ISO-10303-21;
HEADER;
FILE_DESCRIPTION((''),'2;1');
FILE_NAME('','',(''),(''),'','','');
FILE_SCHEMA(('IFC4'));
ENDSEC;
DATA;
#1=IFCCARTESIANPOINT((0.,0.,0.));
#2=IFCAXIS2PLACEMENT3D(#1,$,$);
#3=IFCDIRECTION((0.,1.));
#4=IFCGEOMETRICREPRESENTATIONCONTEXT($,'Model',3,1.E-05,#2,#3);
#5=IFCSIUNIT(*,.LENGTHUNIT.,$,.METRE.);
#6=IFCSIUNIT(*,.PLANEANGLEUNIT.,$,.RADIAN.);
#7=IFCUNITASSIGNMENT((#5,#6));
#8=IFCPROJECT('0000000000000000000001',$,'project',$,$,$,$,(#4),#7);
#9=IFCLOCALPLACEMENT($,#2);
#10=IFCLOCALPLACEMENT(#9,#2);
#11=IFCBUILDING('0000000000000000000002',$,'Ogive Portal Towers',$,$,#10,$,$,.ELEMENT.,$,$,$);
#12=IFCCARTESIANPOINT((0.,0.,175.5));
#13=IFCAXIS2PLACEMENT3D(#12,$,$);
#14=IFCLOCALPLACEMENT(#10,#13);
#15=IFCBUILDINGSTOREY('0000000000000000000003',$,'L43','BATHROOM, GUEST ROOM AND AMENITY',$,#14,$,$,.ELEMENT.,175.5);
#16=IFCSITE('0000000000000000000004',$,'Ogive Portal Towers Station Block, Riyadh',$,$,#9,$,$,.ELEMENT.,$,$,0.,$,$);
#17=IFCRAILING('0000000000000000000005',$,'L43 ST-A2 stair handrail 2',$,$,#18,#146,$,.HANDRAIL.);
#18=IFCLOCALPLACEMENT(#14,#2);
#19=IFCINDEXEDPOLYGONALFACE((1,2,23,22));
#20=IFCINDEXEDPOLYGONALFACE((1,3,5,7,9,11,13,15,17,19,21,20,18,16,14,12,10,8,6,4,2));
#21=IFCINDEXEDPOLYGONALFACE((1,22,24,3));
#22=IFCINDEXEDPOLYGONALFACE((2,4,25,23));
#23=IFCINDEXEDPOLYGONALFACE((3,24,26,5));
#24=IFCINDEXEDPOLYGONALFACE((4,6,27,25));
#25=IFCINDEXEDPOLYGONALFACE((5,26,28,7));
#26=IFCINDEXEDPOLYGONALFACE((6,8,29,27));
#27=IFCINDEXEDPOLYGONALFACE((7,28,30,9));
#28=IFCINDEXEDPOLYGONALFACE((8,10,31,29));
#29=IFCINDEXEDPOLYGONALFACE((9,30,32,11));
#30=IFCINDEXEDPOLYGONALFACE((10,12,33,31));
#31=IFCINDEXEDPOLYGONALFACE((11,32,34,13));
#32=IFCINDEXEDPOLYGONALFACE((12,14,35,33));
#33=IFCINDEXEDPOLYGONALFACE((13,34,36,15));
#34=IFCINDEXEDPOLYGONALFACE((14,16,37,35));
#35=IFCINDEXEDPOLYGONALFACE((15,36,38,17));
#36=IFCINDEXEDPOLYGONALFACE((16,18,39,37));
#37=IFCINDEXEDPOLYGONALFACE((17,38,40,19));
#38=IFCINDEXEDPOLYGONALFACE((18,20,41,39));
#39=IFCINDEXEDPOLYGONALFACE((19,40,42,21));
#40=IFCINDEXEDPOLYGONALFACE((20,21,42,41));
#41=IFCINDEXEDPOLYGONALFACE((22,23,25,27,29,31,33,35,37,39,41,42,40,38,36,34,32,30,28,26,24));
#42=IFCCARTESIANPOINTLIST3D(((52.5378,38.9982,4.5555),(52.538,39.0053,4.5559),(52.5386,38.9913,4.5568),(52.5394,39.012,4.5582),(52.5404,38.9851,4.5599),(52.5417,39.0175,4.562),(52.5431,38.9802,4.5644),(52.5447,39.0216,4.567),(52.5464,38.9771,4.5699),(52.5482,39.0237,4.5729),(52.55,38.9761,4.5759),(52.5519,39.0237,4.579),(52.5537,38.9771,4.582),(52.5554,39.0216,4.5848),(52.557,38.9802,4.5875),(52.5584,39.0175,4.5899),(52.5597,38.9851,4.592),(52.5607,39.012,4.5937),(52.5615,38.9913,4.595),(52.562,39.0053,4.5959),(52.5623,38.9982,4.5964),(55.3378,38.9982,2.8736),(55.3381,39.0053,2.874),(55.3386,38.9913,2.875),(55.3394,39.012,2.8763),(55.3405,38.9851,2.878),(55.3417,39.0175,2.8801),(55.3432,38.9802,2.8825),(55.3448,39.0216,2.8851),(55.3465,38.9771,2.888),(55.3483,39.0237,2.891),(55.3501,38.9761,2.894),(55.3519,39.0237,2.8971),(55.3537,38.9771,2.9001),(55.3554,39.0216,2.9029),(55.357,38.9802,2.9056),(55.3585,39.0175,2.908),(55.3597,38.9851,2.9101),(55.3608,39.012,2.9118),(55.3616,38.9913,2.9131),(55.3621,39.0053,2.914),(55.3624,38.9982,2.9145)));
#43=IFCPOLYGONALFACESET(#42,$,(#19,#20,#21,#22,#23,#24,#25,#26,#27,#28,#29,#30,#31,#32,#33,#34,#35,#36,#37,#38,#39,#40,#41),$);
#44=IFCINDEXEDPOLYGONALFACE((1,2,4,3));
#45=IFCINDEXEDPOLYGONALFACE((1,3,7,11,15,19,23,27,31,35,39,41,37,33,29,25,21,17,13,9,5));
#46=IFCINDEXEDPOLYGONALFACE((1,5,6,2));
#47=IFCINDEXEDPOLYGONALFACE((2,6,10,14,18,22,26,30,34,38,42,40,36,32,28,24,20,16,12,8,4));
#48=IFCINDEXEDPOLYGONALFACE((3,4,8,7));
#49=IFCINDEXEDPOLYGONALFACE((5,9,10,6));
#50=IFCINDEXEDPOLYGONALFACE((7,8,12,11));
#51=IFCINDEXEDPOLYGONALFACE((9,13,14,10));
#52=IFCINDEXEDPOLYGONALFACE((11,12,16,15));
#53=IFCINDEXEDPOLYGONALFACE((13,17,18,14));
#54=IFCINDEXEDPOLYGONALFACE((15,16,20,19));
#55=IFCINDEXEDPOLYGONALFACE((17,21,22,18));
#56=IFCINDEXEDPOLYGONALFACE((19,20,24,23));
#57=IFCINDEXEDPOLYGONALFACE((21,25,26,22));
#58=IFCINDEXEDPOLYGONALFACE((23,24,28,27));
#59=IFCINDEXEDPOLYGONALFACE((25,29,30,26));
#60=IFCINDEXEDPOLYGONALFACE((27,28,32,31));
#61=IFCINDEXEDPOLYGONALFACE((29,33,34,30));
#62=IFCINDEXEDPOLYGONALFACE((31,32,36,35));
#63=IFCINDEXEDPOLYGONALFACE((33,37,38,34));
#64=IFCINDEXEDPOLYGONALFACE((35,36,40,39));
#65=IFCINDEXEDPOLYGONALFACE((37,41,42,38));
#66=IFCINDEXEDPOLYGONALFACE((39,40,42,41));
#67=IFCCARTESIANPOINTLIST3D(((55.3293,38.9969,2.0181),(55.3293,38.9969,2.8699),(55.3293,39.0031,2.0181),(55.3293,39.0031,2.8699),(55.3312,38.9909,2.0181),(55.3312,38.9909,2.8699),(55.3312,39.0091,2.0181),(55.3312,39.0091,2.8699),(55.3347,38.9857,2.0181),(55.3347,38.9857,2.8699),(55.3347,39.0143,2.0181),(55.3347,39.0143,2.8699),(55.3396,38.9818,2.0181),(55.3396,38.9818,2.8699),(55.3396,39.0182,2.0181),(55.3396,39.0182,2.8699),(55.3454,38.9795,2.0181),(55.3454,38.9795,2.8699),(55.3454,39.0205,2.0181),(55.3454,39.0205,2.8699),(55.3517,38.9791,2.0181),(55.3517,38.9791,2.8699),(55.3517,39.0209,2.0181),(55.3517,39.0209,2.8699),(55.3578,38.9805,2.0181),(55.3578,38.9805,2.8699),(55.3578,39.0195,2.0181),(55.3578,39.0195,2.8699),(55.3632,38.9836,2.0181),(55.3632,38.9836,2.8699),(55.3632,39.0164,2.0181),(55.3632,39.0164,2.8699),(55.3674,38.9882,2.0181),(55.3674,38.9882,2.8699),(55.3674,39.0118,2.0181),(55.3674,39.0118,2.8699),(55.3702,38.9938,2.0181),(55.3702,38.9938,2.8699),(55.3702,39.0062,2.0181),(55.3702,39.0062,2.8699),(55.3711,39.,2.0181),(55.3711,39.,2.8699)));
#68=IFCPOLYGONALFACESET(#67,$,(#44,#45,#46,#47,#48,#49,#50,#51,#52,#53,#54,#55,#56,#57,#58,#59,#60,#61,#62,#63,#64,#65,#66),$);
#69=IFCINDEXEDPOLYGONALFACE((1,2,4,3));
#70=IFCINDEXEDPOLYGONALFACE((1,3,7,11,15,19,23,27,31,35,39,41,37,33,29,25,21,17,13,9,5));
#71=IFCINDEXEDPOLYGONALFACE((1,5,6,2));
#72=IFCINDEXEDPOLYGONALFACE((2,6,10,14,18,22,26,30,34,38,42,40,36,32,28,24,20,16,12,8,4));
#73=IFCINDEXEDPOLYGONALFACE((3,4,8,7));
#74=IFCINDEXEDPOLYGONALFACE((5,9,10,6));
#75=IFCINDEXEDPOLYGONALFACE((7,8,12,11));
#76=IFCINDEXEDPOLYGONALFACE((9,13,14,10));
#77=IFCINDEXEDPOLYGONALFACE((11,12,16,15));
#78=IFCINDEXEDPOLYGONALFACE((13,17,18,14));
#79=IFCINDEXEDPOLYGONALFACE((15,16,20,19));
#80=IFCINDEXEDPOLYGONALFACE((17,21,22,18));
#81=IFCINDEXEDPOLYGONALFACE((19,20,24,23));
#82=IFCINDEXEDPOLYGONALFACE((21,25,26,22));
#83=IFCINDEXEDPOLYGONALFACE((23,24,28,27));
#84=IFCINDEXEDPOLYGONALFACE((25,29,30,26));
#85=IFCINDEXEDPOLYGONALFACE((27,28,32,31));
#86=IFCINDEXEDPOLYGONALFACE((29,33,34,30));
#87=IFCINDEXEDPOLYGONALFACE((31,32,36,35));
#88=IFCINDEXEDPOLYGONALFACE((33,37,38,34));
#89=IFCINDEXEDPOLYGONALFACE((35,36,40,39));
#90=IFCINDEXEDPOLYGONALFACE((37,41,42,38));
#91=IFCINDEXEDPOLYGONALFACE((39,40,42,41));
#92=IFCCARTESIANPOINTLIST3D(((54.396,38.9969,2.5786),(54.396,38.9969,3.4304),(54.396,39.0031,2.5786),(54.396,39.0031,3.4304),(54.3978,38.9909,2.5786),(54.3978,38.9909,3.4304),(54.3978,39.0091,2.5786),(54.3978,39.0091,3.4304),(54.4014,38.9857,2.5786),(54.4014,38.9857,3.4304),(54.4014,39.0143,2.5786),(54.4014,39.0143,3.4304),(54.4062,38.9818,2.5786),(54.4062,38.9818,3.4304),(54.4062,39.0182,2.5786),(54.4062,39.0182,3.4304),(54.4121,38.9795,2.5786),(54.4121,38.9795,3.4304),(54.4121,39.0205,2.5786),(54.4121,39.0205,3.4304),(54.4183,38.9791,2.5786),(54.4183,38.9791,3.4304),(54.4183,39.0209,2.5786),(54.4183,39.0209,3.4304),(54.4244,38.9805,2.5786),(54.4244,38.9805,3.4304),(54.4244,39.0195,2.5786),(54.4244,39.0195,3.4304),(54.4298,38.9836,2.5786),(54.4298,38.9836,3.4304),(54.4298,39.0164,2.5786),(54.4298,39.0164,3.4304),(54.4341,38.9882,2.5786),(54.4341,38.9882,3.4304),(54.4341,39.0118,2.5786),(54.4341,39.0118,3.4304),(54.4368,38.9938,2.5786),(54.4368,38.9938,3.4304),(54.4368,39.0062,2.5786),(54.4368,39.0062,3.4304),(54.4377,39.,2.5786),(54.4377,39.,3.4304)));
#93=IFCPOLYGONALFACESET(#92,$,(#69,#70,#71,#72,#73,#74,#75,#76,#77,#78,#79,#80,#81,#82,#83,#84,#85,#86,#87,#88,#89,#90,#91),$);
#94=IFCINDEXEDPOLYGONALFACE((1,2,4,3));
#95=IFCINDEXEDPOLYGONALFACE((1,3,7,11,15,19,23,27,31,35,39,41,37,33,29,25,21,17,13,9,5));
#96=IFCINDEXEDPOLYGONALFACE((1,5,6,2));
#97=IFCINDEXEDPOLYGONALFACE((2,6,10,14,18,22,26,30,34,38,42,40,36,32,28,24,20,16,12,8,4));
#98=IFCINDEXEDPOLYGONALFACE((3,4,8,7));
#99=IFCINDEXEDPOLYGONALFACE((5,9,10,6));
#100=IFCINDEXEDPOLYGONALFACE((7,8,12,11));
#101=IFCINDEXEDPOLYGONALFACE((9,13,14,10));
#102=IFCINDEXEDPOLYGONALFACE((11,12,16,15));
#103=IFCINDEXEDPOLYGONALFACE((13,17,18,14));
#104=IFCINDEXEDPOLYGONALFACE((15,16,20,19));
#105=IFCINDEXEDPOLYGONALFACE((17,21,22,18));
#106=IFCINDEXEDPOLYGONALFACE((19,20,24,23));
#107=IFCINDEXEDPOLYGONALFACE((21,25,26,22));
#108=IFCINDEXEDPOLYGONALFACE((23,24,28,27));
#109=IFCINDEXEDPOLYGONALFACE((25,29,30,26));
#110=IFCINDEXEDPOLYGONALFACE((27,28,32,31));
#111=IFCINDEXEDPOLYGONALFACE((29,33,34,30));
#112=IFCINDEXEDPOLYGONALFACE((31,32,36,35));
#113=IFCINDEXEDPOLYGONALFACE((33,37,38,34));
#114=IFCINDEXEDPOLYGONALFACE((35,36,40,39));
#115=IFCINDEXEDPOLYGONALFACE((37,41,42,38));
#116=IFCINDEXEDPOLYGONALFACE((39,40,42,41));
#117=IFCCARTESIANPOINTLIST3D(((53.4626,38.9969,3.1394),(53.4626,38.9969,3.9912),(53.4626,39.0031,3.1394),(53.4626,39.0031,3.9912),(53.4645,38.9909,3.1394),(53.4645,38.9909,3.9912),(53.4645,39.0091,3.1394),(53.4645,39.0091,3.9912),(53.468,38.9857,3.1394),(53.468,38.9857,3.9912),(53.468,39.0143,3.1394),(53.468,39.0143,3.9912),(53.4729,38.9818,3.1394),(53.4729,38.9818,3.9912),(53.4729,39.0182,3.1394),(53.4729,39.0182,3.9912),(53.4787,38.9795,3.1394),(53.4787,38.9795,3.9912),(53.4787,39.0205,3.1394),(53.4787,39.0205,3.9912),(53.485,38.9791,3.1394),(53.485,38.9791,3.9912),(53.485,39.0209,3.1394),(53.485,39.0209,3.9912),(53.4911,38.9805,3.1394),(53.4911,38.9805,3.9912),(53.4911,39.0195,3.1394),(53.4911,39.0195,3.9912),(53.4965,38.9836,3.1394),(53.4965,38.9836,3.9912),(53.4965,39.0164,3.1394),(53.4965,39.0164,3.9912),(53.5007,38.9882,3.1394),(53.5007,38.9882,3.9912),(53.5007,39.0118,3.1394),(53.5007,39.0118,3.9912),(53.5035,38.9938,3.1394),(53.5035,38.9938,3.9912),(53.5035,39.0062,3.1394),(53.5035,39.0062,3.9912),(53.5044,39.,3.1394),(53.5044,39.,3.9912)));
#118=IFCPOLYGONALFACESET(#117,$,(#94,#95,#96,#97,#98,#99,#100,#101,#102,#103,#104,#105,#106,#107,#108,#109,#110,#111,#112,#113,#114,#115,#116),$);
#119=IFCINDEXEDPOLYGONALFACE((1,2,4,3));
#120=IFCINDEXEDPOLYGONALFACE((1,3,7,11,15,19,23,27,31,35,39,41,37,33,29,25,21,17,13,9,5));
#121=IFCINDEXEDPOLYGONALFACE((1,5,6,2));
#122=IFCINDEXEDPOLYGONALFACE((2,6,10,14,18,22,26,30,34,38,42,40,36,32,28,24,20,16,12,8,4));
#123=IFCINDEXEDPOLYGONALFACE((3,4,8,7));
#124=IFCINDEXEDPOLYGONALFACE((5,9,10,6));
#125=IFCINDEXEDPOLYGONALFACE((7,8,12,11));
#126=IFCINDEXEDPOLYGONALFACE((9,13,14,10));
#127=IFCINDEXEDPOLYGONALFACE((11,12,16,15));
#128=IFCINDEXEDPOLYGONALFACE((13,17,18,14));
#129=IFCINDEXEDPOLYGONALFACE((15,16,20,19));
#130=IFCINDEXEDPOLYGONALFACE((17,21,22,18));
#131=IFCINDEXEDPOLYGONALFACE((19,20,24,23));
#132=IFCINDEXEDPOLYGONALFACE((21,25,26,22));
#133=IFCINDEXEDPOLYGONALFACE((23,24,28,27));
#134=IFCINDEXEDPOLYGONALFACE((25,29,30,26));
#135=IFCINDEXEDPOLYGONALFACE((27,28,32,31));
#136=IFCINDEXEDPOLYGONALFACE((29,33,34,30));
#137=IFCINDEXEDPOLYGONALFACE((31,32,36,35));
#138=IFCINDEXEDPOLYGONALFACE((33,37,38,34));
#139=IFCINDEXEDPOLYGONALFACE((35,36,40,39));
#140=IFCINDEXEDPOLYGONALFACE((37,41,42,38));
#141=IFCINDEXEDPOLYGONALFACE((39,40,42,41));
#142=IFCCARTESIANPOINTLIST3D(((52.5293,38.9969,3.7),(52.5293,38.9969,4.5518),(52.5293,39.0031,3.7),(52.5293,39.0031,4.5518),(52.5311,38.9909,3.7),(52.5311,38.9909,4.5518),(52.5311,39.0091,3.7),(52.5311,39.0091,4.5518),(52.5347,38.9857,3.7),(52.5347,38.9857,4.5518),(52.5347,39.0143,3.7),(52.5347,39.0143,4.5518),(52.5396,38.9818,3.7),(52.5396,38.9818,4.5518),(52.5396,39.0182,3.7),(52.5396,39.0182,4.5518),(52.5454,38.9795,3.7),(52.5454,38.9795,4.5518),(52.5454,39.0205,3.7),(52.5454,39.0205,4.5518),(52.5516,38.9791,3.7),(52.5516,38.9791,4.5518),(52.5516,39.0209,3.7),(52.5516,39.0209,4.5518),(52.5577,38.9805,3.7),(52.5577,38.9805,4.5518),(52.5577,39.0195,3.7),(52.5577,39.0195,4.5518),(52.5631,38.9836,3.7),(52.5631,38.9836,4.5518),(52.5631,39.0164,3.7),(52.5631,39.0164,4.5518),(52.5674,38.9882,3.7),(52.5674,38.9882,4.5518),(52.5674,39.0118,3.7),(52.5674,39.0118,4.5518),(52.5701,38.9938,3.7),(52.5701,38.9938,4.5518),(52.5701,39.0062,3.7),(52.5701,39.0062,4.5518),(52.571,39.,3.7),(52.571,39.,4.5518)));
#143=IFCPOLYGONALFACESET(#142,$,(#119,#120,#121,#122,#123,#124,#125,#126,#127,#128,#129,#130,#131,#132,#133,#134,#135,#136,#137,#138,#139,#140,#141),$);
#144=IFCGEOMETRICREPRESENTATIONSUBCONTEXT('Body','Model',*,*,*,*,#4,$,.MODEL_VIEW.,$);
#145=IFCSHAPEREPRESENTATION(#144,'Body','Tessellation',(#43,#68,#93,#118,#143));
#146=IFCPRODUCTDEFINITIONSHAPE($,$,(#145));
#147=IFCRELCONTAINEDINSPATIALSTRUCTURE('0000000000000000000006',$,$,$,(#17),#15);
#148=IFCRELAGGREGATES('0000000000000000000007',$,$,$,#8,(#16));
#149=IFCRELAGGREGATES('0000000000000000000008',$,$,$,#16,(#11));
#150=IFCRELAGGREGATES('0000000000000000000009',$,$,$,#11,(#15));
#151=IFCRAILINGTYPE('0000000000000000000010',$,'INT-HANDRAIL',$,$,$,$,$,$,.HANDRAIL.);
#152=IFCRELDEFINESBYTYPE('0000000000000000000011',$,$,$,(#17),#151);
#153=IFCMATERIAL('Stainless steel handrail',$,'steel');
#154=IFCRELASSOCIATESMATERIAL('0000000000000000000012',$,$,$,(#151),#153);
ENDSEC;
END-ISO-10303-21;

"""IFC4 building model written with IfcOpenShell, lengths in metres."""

from ifc_helpers import new_model, si_unit, direction, frame, origin, origin_2d, place, context, subcontext, project, spatial, circle, extrude, material, type_object, element, save


model = new_model("IFC4")

# Units and contexts
model_context = context("Model", 3, precision=1e-05, world=origin(), true_north=direction((0.0, 1.0)))
body_context = subcontext(model_context, "Body", "Model", "MODEL_VIEW")
ifc_project = project(units=[si_unit("LENGTHUNIT", "METRE"), si_unit("PLANEANGLEUNIT", "RADIAN")], contexts=[model_context])

# Site, building, storey
site_placement = place(None, origin())
site = spatial("IfcSite", under=ifc_project, at=site_placement, Name="Ogive Portal Towers Station Block, Riyadh", CompositionType="ELEMENT", RefElevation=0.0)
building_placement = place(site_placement, origin())
building = spatial("IfcBuilding", under=site, at=building_placement, Name="Ogive Portal Towers", CompositionType="ELEMENT")
storey_placement = place(building_placement, frame((0.0, 0.0, 175.5)))
storey = spatial("IfcBuildingStorey", under=building, at=storey_placement, Name="L43", Description="BATHROOM, GUEST ROOM AND AMENITY", CompositionType="ELEMENT", Elevation=175.5)

# Railing
ifc_material_1 = material(Name="Stainless steel handrail", Category="steel")
railing_type_1 = type_object("IfcRailingType", Name="INT-HANDRAIL", PredefinedType="HANDRAIL", material=ifc_material_1)
railing_1_placement = place(storey_placement, frame((55.3501, 39.0, 2.0181)))
element("IfcRailing", 1, at=railing_1_placement, inside=storey, type_object=railing_type_1, Name="L43 ST-A2 stair handrail 2", PredefinedType="HANDRAIL", context=body_context, shape_type="SweptSolid", body=[
    extrude(circle(Radius=0.0239, at=origin_2d()), frame((0.0, 0.0, 0.876), z_axis=(-0.857242, 0.0, 0.514913), x_axis=(0.0, -1.0, 0.0)), (0.0, 0.0, 1.0), 3.2664),
    extrude(circle(Radius=0.021, at=origin_2d()), origin(), (0.0, 0.0, 1.0), 0.8518),
    extrude(circle(Radius=0.021, at=origin_2d()), frame((-0.9333, 0.0, 0.5605)), (0.0, 0.0, 1.0), 0.8518),
    extrude(circle(Radius=0.021, at=origin_2d()), frame((-1.8667, 0.0, 1.1213)), (0.0, 0.0, 1.0), 0.8518),
    extrude(circle(Radius=0.021, at=origin_2d()), frame((-2.8, 0.0, 1.6819)), (0.0, 0.0, 1.0), 0.8518),
])

save(model, "model.ifc")
